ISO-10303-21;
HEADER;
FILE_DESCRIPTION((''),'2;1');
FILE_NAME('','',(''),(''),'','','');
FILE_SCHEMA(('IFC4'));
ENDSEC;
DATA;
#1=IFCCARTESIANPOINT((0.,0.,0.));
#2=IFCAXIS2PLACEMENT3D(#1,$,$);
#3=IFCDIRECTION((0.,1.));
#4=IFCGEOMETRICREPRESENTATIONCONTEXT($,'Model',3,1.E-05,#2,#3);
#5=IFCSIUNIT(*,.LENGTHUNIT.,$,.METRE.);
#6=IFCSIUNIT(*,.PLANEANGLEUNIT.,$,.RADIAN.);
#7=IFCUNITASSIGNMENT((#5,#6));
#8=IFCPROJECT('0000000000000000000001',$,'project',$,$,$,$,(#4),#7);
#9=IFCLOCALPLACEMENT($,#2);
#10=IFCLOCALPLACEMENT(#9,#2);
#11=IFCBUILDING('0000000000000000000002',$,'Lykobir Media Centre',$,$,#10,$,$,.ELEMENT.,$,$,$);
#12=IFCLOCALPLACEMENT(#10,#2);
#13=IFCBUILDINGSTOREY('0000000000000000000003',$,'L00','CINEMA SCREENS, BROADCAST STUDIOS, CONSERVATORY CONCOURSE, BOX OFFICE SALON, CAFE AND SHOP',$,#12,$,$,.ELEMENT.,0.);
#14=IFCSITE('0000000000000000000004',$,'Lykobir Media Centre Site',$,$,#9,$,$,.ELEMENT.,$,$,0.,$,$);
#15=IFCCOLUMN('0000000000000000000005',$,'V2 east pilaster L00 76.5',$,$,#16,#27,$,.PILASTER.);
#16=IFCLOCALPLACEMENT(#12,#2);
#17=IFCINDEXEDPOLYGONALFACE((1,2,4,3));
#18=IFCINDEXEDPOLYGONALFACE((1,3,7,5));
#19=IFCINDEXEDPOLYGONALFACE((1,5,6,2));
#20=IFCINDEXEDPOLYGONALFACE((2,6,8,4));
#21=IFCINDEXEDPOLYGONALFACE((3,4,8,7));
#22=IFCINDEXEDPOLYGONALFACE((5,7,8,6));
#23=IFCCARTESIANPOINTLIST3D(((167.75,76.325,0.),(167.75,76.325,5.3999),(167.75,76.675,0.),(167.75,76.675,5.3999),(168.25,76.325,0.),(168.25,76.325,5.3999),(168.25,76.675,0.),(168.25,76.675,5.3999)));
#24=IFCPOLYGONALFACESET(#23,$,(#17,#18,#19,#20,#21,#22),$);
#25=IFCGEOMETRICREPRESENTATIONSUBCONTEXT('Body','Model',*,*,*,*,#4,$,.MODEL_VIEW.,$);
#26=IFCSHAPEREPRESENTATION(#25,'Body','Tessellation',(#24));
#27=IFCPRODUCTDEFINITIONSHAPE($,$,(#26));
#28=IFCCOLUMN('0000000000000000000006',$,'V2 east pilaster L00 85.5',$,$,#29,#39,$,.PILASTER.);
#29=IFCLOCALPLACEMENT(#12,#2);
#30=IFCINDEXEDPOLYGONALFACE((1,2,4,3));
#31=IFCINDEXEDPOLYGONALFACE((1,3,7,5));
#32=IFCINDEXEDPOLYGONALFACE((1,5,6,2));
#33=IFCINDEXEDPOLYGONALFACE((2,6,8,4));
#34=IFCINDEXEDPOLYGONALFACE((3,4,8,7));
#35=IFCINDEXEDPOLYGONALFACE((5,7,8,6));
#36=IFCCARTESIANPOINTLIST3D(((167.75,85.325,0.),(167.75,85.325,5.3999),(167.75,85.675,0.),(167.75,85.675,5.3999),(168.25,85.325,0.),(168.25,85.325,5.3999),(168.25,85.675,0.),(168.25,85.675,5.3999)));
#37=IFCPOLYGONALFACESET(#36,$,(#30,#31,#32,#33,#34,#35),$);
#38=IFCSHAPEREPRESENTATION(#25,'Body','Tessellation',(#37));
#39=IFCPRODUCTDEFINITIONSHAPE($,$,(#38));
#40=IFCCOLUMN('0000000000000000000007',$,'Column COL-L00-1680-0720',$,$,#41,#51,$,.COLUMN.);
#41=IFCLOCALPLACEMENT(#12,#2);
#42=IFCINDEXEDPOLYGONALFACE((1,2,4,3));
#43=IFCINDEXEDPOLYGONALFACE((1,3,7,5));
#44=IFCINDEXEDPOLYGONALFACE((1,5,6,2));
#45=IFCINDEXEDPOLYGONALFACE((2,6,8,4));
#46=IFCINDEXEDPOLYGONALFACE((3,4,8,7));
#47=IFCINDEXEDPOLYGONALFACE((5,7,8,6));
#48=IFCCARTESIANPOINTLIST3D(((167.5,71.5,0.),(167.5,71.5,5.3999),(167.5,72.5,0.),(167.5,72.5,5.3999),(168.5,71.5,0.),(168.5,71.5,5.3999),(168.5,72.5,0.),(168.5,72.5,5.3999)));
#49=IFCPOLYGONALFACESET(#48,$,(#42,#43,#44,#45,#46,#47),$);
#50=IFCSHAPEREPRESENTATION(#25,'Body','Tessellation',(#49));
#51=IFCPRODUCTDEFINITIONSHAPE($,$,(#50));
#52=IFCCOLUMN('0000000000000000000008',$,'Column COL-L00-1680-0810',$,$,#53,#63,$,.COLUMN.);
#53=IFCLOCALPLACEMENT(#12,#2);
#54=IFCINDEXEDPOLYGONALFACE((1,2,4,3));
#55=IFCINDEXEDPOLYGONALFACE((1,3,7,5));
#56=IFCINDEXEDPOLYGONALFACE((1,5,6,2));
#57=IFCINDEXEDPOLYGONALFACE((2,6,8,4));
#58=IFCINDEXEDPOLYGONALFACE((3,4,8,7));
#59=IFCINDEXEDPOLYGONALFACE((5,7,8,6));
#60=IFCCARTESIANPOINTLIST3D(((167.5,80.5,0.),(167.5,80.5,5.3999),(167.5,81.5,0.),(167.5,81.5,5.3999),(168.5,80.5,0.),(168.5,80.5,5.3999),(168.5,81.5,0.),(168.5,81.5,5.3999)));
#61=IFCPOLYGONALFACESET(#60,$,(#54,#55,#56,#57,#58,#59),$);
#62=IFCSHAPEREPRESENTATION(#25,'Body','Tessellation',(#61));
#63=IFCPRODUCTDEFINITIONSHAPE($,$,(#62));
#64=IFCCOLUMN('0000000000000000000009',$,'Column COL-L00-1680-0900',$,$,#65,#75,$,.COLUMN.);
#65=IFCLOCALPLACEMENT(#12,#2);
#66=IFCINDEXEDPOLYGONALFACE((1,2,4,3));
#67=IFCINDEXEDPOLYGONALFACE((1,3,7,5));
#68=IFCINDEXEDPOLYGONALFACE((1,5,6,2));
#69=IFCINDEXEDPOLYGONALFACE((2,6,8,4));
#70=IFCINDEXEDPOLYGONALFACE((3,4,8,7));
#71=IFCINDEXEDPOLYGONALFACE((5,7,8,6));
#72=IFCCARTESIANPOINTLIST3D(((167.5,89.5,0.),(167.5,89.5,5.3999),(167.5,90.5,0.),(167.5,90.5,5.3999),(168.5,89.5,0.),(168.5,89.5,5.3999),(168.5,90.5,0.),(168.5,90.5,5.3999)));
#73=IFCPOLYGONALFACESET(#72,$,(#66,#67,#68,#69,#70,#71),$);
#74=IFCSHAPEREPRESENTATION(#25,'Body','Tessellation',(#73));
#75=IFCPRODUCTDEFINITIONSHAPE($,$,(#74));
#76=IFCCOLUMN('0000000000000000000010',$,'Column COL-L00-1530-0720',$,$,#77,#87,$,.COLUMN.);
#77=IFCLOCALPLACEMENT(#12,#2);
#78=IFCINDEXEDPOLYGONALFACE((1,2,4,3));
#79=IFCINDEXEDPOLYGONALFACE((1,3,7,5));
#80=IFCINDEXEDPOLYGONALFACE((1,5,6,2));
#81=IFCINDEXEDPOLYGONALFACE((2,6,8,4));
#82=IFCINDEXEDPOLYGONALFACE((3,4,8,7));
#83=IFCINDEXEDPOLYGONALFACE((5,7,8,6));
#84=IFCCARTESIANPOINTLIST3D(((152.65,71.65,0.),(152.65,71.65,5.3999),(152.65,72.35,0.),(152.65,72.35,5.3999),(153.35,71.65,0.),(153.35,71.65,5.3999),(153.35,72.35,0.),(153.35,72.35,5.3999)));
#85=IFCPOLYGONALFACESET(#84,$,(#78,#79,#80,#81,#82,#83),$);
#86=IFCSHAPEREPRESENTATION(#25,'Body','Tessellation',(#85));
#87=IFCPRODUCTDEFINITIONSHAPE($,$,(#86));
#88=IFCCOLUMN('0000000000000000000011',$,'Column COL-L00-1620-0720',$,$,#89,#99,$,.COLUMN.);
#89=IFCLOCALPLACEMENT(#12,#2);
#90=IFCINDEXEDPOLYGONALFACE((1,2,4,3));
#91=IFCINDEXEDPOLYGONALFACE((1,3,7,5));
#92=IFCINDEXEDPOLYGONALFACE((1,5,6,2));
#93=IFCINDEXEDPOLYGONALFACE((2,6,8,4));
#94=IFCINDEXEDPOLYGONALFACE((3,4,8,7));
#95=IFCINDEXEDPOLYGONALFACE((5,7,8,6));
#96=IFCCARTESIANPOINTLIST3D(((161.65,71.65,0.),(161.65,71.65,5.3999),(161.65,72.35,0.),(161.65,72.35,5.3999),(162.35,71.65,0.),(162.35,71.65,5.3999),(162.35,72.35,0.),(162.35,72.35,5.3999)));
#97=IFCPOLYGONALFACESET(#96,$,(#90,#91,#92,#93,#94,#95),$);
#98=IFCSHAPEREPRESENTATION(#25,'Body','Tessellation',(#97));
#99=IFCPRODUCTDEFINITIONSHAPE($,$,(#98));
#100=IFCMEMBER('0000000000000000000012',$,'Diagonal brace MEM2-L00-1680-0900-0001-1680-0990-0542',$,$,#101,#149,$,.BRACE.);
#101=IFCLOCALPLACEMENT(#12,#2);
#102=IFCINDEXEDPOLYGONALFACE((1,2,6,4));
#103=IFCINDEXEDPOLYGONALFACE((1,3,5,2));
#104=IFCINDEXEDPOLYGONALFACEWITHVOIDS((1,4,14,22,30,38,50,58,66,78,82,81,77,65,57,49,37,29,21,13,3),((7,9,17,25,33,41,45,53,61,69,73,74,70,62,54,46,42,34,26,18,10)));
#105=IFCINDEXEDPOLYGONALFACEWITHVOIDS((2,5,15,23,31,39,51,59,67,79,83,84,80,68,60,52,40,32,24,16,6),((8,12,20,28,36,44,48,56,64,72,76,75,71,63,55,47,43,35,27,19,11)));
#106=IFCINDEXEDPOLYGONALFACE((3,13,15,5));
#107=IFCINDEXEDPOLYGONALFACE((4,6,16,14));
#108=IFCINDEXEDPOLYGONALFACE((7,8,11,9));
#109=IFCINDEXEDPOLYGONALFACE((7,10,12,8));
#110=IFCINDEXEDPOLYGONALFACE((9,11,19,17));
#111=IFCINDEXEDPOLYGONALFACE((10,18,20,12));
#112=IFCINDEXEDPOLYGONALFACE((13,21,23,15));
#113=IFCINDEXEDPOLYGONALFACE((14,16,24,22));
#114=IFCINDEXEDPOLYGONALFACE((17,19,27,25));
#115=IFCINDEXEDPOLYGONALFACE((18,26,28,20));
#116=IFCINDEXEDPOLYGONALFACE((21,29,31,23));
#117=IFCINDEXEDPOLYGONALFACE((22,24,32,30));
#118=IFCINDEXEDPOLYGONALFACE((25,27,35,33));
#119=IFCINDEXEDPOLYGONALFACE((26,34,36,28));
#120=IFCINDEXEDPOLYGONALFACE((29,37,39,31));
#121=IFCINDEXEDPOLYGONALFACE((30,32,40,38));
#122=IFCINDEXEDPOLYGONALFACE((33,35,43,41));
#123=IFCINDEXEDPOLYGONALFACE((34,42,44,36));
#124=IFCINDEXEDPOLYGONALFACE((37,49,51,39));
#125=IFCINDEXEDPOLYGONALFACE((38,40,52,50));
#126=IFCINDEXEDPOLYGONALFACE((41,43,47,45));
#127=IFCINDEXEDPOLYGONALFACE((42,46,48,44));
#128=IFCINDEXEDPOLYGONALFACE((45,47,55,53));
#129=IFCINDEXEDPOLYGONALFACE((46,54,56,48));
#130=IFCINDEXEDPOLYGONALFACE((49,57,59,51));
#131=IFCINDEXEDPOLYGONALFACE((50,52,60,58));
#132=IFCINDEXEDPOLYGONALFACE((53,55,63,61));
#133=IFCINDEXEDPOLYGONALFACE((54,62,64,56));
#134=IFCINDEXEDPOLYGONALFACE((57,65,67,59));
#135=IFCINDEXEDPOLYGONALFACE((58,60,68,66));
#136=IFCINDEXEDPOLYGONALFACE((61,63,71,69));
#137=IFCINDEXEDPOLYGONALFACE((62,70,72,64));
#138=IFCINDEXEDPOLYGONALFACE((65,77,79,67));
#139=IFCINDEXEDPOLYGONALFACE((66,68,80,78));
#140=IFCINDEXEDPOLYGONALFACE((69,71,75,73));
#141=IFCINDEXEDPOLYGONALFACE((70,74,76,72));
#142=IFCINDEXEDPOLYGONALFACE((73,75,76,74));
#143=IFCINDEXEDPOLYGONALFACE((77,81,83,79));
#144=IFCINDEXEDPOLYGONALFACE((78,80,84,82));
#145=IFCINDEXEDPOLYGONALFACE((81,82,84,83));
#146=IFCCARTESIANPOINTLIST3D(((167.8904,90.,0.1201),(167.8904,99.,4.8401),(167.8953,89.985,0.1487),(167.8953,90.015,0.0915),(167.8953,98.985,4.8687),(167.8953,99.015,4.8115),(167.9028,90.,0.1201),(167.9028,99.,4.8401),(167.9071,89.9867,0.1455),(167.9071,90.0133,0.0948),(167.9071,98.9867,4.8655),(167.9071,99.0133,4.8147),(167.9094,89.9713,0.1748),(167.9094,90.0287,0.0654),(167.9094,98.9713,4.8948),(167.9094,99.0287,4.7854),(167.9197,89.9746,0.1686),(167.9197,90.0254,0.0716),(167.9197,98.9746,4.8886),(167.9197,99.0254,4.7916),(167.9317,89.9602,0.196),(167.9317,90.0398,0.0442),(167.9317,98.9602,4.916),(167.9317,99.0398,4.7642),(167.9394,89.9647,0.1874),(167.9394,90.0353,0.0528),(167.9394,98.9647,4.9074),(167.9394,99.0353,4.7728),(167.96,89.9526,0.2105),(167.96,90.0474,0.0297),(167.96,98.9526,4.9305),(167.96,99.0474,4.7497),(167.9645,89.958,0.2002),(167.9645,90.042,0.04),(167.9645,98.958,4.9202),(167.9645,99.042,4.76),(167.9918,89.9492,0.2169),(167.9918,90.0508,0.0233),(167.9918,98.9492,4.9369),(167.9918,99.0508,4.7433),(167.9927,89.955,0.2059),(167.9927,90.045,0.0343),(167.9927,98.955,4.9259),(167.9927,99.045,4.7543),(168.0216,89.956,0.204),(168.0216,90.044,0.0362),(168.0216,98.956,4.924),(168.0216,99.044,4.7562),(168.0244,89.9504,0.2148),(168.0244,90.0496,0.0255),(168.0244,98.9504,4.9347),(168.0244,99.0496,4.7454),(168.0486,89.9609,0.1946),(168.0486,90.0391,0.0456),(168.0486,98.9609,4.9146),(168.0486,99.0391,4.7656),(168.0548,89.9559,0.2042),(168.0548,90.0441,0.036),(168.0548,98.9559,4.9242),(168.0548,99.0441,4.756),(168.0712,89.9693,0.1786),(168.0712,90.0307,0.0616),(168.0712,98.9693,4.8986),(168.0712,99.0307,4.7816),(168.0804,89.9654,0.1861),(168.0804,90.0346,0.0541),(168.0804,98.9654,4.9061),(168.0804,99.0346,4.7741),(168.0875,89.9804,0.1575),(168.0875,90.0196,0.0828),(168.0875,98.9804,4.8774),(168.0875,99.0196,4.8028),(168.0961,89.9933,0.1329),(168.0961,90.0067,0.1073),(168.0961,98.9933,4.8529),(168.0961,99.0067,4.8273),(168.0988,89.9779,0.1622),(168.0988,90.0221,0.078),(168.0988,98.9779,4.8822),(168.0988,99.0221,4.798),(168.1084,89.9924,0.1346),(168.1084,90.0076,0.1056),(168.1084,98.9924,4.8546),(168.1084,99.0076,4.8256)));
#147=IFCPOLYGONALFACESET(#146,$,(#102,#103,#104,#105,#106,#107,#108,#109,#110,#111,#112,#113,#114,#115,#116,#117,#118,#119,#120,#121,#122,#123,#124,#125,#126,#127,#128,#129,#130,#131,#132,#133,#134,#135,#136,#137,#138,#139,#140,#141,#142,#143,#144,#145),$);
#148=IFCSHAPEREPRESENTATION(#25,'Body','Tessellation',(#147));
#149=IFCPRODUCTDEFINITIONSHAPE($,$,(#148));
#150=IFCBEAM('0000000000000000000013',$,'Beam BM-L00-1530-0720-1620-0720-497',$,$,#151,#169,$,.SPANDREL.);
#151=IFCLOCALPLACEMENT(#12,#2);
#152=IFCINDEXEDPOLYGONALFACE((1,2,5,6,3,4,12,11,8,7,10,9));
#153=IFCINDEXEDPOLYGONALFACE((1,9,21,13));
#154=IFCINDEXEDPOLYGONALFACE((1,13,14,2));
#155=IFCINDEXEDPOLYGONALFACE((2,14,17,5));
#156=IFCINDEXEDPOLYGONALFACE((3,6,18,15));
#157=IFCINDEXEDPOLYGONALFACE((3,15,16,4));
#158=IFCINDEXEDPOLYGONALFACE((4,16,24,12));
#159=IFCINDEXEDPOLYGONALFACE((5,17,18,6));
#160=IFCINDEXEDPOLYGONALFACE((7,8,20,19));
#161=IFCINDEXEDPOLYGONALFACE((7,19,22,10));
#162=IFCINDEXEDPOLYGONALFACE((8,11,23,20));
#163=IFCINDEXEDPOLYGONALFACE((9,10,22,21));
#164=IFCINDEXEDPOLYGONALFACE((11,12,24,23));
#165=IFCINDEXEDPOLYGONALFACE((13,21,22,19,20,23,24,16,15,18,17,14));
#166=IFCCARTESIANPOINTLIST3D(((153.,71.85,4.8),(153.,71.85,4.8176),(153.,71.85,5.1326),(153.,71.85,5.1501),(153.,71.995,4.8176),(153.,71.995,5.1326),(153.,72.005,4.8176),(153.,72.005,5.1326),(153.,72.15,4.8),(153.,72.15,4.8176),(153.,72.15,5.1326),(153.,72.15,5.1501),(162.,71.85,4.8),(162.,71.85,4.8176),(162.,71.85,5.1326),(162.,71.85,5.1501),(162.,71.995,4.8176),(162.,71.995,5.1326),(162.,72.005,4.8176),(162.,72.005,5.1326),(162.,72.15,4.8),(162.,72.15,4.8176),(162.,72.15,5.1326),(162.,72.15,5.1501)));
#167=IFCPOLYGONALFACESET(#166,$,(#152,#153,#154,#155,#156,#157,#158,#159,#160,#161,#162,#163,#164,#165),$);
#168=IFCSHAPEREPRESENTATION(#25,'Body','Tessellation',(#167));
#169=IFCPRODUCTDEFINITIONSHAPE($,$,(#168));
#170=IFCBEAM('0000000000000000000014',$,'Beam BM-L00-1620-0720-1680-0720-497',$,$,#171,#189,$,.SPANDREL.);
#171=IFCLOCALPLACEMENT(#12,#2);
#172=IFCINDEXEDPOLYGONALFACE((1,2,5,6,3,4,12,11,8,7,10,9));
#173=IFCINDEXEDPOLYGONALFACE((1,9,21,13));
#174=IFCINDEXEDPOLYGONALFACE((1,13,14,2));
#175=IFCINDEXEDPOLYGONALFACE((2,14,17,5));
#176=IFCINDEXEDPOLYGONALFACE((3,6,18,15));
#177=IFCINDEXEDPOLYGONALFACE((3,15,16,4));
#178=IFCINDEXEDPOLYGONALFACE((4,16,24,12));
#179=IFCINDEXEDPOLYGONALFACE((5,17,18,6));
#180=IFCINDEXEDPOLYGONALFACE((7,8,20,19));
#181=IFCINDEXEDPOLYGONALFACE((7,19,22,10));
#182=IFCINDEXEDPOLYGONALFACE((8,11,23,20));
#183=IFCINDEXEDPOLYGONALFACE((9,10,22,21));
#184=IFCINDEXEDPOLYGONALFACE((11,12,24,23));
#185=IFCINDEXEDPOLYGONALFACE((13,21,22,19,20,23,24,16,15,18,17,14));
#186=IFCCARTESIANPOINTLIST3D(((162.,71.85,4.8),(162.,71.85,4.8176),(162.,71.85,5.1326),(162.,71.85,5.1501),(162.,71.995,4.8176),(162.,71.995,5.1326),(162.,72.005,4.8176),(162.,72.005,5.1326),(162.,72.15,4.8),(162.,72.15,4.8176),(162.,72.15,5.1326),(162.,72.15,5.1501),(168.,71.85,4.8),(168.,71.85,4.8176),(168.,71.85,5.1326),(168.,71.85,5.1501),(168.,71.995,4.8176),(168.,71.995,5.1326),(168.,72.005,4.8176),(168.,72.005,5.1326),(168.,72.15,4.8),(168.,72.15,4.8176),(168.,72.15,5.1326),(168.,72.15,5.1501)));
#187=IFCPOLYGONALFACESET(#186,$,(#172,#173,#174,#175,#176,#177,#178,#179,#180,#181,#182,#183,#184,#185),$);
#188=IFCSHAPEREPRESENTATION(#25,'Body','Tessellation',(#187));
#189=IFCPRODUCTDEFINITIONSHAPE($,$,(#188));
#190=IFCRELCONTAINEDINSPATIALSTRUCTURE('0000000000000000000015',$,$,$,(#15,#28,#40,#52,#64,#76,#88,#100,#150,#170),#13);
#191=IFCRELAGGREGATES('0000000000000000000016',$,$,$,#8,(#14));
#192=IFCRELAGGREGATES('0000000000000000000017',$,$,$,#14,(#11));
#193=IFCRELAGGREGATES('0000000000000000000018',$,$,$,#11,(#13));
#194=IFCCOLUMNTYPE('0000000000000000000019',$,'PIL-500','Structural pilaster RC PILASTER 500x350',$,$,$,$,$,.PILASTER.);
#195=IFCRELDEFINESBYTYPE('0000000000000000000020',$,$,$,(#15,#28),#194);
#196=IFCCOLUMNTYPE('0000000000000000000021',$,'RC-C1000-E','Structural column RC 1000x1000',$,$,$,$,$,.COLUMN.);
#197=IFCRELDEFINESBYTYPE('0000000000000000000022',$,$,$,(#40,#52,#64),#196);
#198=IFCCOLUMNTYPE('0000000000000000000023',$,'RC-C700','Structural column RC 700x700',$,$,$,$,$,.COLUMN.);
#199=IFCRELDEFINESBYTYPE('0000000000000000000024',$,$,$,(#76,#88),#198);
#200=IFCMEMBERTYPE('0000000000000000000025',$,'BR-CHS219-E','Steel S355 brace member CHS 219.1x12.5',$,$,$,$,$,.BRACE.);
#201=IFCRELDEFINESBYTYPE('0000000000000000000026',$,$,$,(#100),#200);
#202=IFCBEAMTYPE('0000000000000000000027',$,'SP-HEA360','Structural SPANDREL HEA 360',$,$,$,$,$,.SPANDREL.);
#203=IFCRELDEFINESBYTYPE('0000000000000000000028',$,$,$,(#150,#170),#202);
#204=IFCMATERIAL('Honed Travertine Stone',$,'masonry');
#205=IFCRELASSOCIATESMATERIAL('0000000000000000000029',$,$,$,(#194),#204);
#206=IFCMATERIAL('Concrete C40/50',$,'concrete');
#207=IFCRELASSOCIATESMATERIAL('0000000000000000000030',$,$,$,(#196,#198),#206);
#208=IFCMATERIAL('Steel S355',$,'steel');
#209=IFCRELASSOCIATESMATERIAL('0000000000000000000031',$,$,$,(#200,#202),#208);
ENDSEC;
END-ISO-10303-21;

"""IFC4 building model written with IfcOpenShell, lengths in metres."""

from ifc_helpers import new_model, si_unit, direction, frame, origin, origin_2d, place, context, subcontext, project, spatial, rectangle, hollow_circle, i_section, extrude, material, material_profile, profile_set, type_object, element, save


model = new_model("IFC4")

# Units and contexts
model_context = context("Model", 3, precision=1e-05, world=origin(), true_north=direction((0.0, 1.0)))
body_context = subcontext(model_context, "Body", "Model", "MODEL_VIEW")
ifc_project = project(units=[si_unit("LENGTHUNIT", "METRE"), si_unit("PLANEANGLEUNIT", "RADIAN")], contexts=[model_context])

# Site, building, storey
site_placement = place(None, origin())
site = spatial("IfcSite", under=ifc_project, at=site_placement, Name="Lykobir Media Centre Site", CompositionType="ELEMENT", RefElevation=0.0)
building_placement = place(site_placement, origin())
building = spatial("IfcBuilding", under=site, at=building_placement, Name="Lykobir Media Centre", CompositionType="ELEMENT")
storey_placement = place(building_placement, origin())
storey = spatial("IfcBuildingStorey", under=building, at=storey_placement, Name="L00", Description="CINEMA SCREENS, BROADCAST STUDIOS, CONSERVATORY CONCOURSE, BOX OFFICE SALON, CAFE AND SHOP", CompositionType="ELEMENT", Elevation=0.0)

# Columns
ifc_material_1 = material(Name="Honed Travertine Stone", Category="masonry")
ifc_material_profile_1 = material_profile(ifc_material_1, rectangle(XDim=0.3501, YDim=0.5, at=origin_2d()), Name="RC PILASTER 500x350")
ifc_profile_set_1 = profile_set([ifc_material_profile_1], Name="Honed Travertine Stone")
column_type_1 = type_object("IfcColumnType", Name="PIL-500", Description="Structural pilaster RC PILASTER 500x350", PredefinedType="PILASTER", material=ifc_profile_set_1)
for number, where, z_axis, x_axis, name in (
    (1, (168.0, 76.5, 0.0), (0.0, 0.0, 1.0), (0.0, 1.0, 0.0), "V2 east pilaster L00 76.5"),
    (2, (168.0, 85.5, 0.0), (0.0, 0.0, 1.0), (0.0, 1.0, 0.0), "V2 east pilaster L00 85.5"),
):
    element("IfcColumn", number, at=place(storey_placement, frame(where, z_axis=z_axis, x_axis=x_axis)), inside=storey, type_object=column_type_1, Name=name, PredefinedType="PILASTER", context=body_context, shape_type="SweptSolid", body=[
        extrude(rectangle(XDim=0.3501, YDim=0.5, at=origin_2d()), origin(), (0.0, 0.0, 1.0), 5.3999),
    ])
ifc_material_2 = material(Name="Concrete C40/50", Category="concrete")
ifc_material_profile_2 = material_profile(ifc_material_2, rectangle(XDim=1.0, YDim=1.0, at=origin_2d()), Name="RC 1000x1000")
ifc_profile_set_2 = profile_set([ifc_material_profile_2], Name="Concrete C40/50")
column_type_2 = type_object("IfcColumnType", Name="RC-C1000-E", Description="Structural column RC 1000x1000", PredefinedType="COLUMN", material=ifc_profile_set_2)
for number, where, z_axis, x_axis, name in (
    (3, (168.0, 72.0, 0.0), (0.0, 0.0, 1.0), (1.0, 0.0, 0.0), "Column COL-L00-1680-0720"),
    (4, (168.0, 81.0, 0.0), (0.0, 0.0, 1.0), (1.0, 0.0, 0.0), "Column COL-L00-1680-0810"),
    (5, (168.0, 90.0, 0.0), (0.0, 0.0, 1.0), (1.0, 0.0, 0.0), "Column COL-L00-1680-0900"),
):
    element("IfcColumn", number, at=place(storey_placement, frame(where, z_axis=z_axis, x_axis=x_axis)), inside=storey, type_object=column_type_2, Name=name, PredefinedType="COLUMN", context=body_context, shape_type="SweptSolid", body=[
        extrude(rectangle(XDim=1.0, YDim=1.0, at=origin_2d()), origin(), (0.0, 0.0, 1.0), 5.3999),
    ])
ifc_material_profile_3 = material_profile(ifc_material_2, rectangle(XDim=0.7, YDim=0.7, at=origin_2d()), Name="RC 700x700")
ifc_profile_set_3 = profile_set([ifc_material_profile_3], Name="Concrete C40/50")
column_type_3 = type_object("IfcColumnType", Name="RC-C700", Description="Structural column RC 700x700", PredefinedType="COLUMN", material=ifc_profile_set_3)
for number, where, z_axis, x_axis, name in (
    (6, (153.0, 72.0, 0.0), (0.0, 0.0, 1.0), (1.0, 0.0, 0.0), "Column COL-L00-1530-0720"),
    (7, (162.0, 72.0, 0.0), (0.0, 0.0, 1.0), (1.0, 0.0, 0.0), "Column COL-L00-1620-0720"),
):
    element("IfcColumn", number, at=place(storey_placement, frame(where, z_axis=z_axis, x_axis=x_axis)), inside=storey, type_object=column_type_3, Name=name, PredefinedType="COLUMN", context=body_context, shape_type="SweptSolid", body=[
        extrude(rectangle(XDim=0.7, YDim=0.7, at=origin_2d()), origin(), (0.0, 0.0, 1.0), 5.3999),
    ])

# Member
ifc_material_3 = material(Name="Steel S355", Category="steel")
ifc_material_profile_4 = material_profile(ifc_material_3, hollow_circle(Radius=0.1096, WallThickness=0.0125, at=origin_2d()), Name="CHS 219.1x12.5")
ifc_profile_set_4 = profile_set([ifc_material_profile_4], Name="Steel S355")
member_type = type_object("IfcMemberType", Name="BR-CHS219-E", Description="Steel S355 brace member CHS 219.1x12.5", PredefinedType="BRACE", material=ifc_profile_set_4)
member_placement = place(storey_placement, frame((168.0, 90.0, 0.1201), z_axis=(0.0, 0.885601, 0.464446), x_axis=(-1.0, 0.0, 0.0)))
element("IfcMember", 8, at=member_placement, inside=storey, type_object=member_type, Name="Diagonal brace MEM2-L00-1680-0900-0001-1680-0990-0542", PredefinedType="BRACE", context=body_context, shape_type="SweptSolid", body=[
    extrude(hollow_circle(Radius=0.1096, WallThickness=0.0125, at=origin_2d()), origin(), (0.0, 0.0, 1.0), 10.1626),
])

# Beams
ifc_material_profile_5 = material_profile(ifc_material_3, i_section(OverallWidth=0.3, OverallDepth=0.3501, WebThickness=0.01, FlangeThickness=0.0176, at=origin_2d()), Name="HEA 360")
ifc_profile_set_5 = profile_set([ifc_material_profile_5], Name="Steel S355")
beam_type_1 = type_object("IfcBeamType", Name="SP-HEA360", Description="Structural SPANDREL HEA 360", PredefinedType="SPANDREL", material=ifc_profile_set_5)
beam_1_placement = place(storey_placement, frame((153.0, 72.0, 4.9751), z_axis=(1.0, 0.0, 0.0), x_axis=(0.0, 1.0, 0.0)))
element("IfcBeam", 9, at=beam_1_placement, inside=storey, type_object=beam_type_1, Name="Beam BM-L00-1530-0720-1620-0720-497", PredefinedType="SPANDREL", context=body_context, shape_type="SweptSolid", body=[
    extrude(i_section(OverallWidth=0.3, OverallDepth=0.3501, WebThickness=0.01, FlangeThickness=0.0176, at=origin_2d()), origin(), (0.0, 0.0, 1.0), 9.0),
])
beam_2_placement = place(storey_placement, frame((162.0, 72.0, 4.9751), z_axis=(1.0, 0.0, 0.0), x_axis=(0.0, 1.0, 0.0)))
element("IfcBeam", 10, at=beam_2_placement, inside=storey, type_object=beam_type_1, Name="Beam BM-L00-1620-0720-1680-0720-497", PredefinedType="SPANDREL", context=body_context, shape_type="SweptSolid", body=[
    extrude(i_section(OverallWidth=0.3, OverallDepth=0.3501, WebThickness=0.01, FlangeThickness=0.0176, at=origin_2d()), origin(), (0.0, 0.0, 1.0), 6.0),
])

save(model, "model.ifc")
